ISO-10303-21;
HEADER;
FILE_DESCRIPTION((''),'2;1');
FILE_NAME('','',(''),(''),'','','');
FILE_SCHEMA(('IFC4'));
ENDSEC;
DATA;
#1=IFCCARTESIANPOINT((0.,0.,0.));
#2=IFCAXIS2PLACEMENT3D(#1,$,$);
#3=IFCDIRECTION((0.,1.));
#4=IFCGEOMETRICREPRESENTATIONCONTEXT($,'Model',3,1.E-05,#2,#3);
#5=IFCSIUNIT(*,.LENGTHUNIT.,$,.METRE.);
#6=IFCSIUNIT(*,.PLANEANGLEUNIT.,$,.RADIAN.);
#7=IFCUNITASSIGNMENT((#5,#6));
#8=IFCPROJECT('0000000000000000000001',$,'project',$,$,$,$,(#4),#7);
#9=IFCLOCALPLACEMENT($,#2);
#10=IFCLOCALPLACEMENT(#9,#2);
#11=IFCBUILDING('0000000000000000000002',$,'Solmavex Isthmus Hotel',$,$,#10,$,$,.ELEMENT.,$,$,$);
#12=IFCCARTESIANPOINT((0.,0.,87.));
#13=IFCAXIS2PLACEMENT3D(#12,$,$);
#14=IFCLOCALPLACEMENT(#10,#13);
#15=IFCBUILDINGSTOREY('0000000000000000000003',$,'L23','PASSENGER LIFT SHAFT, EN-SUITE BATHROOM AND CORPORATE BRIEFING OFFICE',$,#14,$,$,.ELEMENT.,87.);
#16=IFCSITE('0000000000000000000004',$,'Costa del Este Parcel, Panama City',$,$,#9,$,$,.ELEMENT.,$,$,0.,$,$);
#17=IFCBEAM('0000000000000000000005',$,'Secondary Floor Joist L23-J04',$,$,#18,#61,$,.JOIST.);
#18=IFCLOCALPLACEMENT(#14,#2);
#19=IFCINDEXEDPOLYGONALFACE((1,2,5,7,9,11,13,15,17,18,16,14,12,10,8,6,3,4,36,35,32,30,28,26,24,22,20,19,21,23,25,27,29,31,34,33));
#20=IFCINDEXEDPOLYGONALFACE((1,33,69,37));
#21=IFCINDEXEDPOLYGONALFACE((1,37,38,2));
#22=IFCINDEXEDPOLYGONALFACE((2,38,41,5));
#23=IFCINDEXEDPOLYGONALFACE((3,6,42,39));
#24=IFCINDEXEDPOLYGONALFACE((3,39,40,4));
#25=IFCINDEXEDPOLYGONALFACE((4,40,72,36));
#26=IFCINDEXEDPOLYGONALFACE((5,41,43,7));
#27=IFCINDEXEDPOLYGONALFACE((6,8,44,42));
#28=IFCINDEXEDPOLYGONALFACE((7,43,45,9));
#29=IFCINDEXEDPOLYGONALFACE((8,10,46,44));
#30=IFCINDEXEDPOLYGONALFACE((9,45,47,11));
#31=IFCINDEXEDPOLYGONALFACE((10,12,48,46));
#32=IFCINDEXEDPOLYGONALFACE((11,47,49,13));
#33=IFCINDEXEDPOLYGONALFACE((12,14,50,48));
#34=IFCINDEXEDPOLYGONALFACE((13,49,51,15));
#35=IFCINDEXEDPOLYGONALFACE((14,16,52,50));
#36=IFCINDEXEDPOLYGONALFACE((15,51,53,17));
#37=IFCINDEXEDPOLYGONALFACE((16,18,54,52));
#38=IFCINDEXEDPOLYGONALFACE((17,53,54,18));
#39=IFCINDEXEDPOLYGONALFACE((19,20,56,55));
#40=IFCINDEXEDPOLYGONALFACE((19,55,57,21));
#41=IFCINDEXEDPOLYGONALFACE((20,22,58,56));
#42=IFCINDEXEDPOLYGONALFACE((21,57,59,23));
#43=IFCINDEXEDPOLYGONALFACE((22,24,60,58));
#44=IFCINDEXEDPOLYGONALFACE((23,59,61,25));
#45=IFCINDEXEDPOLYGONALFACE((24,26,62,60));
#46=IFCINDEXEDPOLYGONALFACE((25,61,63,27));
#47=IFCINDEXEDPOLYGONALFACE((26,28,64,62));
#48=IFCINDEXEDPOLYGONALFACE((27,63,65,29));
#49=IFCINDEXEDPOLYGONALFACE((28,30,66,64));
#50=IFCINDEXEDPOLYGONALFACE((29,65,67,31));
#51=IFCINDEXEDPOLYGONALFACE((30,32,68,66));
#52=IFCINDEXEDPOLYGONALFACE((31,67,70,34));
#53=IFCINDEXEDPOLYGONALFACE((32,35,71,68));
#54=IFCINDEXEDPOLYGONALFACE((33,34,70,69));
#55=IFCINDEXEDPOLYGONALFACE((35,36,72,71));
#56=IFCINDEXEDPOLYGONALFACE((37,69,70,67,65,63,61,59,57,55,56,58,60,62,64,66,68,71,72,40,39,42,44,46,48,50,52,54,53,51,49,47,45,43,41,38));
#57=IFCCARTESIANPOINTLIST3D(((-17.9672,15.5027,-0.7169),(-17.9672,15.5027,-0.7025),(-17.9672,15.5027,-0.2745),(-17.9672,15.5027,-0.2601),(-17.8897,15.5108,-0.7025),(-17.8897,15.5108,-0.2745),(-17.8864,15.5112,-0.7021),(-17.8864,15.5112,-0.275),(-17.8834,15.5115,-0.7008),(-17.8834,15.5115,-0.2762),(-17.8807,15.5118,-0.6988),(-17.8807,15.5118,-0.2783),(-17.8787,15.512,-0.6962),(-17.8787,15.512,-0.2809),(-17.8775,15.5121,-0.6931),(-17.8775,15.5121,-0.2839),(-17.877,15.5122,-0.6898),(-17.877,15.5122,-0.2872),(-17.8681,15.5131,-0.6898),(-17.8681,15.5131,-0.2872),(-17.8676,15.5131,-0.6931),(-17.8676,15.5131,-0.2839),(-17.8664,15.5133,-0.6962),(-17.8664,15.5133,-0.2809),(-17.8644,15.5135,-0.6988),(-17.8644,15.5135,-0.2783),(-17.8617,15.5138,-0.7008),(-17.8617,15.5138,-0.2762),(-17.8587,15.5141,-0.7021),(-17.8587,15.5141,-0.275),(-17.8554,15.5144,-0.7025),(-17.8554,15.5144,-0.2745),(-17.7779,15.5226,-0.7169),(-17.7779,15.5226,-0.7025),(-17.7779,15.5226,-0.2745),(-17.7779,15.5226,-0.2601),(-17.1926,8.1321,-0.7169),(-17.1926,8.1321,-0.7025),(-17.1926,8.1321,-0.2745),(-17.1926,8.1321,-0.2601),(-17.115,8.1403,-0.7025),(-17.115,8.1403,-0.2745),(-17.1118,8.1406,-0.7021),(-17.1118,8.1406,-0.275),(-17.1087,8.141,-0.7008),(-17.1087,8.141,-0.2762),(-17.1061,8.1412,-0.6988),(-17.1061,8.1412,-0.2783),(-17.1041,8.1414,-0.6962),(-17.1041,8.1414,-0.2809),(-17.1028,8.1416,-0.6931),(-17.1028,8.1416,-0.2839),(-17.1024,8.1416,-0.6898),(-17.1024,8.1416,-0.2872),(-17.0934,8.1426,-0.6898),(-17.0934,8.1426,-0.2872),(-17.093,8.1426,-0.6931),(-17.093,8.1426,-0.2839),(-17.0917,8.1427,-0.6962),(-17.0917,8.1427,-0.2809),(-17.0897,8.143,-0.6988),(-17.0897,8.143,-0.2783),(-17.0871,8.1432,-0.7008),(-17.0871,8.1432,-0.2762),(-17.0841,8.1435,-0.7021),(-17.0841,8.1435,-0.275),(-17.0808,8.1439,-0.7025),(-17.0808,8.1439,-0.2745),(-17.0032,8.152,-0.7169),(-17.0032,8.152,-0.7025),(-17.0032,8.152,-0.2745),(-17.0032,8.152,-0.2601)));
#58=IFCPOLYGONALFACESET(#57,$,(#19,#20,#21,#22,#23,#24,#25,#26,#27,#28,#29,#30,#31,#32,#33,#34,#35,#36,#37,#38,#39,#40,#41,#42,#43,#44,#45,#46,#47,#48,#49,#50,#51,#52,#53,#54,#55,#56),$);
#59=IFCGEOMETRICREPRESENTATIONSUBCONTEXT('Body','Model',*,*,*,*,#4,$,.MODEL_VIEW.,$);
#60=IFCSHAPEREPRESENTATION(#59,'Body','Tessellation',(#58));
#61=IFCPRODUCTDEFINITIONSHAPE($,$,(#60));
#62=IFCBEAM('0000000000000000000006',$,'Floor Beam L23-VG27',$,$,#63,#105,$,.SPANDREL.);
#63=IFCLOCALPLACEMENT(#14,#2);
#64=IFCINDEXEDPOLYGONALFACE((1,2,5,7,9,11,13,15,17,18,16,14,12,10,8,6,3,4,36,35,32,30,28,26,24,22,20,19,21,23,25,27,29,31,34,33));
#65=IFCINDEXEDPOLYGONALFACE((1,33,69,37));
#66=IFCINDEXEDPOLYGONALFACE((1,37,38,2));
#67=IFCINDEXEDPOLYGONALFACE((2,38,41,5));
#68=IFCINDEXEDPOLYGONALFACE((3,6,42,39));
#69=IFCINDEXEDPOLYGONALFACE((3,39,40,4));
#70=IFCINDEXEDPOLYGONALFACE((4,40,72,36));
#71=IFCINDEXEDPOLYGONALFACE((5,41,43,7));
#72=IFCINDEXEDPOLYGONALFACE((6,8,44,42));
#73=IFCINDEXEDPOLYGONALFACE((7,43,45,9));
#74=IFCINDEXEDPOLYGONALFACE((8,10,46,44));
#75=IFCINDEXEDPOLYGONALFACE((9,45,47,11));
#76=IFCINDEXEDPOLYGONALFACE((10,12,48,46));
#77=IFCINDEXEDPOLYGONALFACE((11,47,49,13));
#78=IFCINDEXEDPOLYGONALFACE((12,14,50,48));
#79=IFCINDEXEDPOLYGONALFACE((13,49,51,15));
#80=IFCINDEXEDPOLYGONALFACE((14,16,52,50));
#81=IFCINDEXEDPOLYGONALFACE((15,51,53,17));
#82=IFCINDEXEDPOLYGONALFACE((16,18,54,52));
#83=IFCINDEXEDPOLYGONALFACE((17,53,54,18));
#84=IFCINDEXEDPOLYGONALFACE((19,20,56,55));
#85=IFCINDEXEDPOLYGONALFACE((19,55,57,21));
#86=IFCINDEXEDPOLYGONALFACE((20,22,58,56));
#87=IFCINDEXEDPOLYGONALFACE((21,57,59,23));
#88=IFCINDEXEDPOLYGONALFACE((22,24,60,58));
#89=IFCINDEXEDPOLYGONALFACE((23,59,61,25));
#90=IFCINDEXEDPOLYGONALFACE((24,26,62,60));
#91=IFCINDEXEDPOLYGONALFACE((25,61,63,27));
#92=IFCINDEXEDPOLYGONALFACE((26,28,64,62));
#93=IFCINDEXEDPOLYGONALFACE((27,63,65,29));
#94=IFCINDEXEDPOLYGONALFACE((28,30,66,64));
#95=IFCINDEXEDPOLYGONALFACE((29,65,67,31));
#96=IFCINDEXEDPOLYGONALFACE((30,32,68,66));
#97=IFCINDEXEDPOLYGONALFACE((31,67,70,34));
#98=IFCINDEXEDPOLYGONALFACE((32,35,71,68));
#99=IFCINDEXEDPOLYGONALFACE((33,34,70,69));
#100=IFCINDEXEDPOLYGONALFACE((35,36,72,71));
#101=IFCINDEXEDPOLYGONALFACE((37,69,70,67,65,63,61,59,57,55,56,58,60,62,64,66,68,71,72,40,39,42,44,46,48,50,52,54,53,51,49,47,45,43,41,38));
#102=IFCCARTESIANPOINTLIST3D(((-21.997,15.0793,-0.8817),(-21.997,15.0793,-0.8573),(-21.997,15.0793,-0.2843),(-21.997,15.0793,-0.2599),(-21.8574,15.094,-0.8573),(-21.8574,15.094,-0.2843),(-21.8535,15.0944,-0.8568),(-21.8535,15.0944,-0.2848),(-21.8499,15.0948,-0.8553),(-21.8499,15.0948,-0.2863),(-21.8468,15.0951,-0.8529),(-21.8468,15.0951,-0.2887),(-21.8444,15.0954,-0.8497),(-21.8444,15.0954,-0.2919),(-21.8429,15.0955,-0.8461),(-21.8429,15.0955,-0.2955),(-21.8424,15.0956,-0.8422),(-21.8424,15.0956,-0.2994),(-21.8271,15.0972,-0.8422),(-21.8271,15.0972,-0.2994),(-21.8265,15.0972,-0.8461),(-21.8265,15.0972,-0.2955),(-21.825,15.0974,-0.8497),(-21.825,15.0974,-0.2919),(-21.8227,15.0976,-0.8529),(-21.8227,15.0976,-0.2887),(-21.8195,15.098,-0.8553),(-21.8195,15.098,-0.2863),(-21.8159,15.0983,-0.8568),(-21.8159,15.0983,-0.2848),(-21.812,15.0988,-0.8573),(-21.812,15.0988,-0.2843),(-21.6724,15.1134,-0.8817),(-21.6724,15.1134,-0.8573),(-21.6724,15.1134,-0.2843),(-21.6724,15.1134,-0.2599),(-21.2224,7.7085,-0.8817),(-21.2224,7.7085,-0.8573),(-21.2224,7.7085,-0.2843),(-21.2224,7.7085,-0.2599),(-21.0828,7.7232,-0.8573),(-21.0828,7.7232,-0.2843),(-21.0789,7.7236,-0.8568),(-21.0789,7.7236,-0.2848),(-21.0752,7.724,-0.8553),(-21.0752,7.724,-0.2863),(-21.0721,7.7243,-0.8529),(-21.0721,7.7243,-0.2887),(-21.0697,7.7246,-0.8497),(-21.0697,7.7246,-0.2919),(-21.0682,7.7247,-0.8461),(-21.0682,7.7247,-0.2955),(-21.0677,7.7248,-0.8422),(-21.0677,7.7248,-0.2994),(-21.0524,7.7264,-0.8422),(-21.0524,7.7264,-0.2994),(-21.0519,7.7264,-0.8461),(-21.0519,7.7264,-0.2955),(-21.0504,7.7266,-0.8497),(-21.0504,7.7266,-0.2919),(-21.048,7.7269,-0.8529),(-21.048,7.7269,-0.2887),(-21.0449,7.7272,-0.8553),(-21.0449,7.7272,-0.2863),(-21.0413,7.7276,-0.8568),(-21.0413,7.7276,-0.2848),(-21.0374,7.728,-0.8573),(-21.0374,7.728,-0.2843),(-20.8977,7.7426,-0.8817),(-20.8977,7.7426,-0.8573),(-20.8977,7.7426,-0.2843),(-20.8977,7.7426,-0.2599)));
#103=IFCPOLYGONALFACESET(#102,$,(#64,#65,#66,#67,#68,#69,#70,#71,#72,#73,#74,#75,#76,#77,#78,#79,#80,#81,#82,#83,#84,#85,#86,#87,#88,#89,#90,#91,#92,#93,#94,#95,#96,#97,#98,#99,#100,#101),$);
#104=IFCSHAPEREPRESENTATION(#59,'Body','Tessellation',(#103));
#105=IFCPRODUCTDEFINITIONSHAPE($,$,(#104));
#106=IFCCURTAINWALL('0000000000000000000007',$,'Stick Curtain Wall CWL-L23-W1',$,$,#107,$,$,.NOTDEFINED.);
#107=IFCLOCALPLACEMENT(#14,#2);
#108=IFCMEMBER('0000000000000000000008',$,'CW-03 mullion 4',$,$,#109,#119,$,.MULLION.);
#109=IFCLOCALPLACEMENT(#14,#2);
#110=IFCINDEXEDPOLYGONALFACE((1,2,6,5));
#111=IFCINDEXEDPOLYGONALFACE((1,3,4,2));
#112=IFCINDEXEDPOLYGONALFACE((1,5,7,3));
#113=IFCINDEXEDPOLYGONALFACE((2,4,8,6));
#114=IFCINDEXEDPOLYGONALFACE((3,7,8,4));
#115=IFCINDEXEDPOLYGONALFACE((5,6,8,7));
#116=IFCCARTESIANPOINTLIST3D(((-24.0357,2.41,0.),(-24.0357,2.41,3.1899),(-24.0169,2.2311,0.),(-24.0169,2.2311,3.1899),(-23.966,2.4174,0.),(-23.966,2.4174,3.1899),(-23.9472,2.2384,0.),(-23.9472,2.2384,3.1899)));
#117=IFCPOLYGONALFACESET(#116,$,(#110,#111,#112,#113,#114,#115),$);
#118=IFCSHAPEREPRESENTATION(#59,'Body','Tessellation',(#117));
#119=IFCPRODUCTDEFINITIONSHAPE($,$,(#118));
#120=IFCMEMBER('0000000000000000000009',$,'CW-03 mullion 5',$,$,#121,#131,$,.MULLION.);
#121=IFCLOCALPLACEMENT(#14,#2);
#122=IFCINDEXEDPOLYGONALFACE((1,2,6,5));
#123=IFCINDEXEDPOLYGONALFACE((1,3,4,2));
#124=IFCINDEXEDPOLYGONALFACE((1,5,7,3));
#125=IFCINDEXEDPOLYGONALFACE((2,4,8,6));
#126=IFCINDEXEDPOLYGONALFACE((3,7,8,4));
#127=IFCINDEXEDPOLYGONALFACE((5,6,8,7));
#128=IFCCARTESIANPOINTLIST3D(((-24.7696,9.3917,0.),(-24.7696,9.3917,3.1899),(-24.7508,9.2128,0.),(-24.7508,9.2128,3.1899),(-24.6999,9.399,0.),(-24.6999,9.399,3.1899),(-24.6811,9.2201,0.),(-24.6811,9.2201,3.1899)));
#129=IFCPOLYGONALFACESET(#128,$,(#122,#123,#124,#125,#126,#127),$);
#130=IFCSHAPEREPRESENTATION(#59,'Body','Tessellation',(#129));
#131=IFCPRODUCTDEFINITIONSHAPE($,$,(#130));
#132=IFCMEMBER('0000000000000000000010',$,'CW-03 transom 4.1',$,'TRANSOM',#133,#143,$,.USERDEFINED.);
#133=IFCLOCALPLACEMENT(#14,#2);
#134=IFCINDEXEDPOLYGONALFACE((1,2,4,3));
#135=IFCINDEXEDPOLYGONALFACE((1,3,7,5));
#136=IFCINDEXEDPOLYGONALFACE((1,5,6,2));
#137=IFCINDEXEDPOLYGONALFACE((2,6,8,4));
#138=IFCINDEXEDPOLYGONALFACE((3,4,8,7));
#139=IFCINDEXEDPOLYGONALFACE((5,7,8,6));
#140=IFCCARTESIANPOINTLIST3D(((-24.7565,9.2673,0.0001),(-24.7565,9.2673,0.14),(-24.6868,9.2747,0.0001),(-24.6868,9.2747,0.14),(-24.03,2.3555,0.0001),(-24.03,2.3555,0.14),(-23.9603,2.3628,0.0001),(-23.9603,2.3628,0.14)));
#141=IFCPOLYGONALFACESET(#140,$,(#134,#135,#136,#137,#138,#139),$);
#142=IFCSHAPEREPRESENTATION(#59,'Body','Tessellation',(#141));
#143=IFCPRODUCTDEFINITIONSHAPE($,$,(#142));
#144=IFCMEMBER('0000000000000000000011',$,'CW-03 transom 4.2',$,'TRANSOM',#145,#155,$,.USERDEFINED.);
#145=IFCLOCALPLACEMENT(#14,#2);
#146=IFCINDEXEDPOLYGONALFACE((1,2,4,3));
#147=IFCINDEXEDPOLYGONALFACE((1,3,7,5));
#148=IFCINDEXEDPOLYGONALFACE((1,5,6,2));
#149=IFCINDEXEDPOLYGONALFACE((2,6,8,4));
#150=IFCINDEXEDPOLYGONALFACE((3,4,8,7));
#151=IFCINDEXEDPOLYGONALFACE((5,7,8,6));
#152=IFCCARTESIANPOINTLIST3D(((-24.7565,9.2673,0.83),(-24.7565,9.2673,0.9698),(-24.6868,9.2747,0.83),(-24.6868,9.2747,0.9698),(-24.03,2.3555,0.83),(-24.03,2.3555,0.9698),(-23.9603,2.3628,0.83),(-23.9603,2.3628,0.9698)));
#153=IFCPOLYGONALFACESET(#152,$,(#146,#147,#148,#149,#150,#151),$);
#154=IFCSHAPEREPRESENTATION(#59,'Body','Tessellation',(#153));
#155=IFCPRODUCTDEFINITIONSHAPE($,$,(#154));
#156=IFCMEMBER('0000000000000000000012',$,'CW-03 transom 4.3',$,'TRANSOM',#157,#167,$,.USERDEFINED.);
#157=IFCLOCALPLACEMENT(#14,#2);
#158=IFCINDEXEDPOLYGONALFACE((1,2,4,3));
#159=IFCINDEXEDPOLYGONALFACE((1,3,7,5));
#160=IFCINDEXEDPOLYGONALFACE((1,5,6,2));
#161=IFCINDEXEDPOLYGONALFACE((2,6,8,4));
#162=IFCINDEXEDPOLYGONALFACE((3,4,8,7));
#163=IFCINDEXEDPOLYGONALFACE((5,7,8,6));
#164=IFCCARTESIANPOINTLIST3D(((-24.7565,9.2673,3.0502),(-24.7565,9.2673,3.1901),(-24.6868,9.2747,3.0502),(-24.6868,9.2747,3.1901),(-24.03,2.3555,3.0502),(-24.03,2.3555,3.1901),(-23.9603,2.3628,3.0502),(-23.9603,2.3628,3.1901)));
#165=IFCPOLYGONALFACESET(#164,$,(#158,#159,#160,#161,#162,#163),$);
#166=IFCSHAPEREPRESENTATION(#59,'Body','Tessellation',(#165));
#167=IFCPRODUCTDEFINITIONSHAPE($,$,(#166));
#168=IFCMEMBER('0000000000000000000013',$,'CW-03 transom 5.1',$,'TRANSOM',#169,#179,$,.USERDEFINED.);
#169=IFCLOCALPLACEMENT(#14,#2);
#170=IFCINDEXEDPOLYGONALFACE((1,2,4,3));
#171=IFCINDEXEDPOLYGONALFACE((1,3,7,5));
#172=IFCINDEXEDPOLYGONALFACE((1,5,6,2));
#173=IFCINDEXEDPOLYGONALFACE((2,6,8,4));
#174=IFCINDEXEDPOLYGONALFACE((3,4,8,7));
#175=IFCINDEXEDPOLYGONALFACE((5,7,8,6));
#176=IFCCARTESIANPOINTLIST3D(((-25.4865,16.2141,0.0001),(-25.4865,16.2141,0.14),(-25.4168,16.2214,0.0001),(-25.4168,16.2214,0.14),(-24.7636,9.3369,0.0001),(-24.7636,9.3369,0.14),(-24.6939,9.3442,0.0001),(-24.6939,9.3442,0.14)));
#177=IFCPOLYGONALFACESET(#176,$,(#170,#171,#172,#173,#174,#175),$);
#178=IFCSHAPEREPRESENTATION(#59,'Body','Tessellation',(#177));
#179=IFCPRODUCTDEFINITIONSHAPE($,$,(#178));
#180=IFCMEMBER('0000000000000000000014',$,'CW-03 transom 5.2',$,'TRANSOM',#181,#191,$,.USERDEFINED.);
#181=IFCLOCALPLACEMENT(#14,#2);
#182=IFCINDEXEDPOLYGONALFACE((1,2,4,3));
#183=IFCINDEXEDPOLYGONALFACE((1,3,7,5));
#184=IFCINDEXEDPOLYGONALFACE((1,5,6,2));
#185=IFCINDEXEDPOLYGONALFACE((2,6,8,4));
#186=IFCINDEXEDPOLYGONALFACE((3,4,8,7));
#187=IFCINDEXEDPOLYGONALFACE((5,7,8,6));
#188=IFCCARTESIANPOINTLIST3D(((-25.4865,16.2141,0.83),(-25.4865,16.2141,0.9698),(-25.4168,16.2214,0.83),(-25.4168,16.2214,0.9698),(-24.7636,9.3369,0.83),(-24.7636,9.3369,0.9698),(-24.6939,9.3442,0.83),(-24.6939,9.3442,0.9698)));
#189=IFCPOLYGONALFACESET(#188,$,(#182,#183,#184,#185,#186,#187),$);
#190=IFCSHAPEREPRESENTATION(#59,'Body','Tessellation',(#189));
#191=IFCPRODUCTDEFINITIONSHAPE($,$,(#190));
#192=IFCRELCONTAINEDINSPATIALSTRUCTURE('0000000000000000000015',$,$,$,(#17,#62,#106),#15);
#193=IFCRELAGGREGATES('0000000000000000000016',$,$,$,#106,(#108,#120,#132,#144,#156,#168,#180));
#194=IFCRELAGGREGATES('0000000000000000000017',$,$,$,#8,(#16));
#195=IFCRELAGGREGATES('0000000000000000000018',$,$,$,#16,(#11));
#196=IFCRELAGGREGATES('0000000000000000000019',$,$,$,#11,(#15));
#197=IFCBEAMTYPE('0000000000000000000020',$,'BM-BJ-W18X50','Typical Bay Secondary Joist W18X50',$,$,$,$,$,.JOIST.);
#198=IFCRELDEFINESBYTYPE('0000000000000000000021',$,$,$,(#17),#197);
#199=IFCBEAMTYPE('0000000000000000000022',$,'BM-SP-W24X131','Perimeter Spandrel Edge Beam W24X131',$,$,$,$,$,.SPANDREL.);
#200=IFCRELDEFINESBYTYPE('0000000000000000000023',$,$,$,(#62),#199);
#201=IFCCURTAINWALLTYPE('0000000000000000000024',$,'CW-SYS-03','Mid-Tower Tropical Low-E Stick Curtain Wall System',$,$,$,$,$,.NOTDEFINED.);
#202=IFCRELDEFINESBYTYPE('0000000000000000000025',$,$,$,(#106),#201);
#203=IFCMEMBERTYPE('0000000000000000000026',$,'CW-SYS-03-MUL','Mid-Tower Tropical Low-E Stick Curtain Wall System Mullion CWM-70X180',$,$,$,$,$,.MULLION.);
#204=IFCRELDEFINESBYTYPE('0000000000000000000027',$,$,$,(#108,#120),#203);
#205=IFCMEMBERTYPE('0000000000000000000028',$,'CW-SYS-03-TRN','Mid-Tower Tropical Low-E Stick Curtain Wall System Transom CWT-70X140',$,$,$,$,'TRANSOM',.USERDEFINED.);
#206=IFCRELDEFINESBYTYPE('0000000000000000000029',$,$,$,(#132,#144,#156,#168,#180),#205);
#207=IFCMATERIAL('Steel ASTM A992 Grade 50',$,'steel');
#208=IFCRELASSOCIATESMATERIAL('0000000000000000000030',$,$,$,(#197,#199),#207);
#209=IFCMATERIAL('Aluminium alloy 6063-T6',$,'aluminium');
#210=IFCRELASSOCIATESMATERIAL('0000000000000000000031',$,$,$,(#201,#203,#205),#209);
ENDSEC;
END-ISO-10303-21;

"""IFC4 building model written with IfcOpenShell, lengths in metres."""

from ifc_helpers import new_model, si_unit, direction, frame, origin, origin_2d, place, context, subcontext, project, spatial, rectangle, i_section, extrude, material, material_profile, profile_set, type_object, element, aggregate, save


model = new_model("IFC4")

# Units and contexts
model_context = context("Model", 3, precision=1e-05, world=origin(), true_north=direction((0.0, 1.0)))
body_context = subcontext(model_context, "Body", "Model", "MODEL_VIEW")
ifc_project = project(units=[si_unit("LENGTHUNIT", "METRE"), si_unit("PLANEANGLEUNIT", "RADIAN")], contexts=[model_context])

# Site, building, storey
site_placement = place(None, origin())
site = spatial("IfcSite", under=ifc_project, at=site_placement, Name="Costa del Este Parcel, Panama City", CompositionType="ELEMENT", RefElevation=0.0)
building_placement = place(site_placement, origin())
building = spatial("IfcBuilding", under=site, at=building_placement, Name="Solmavex Isthmus Hotel", CompositionType="ELEMENT")
storey_placement = place(building_placement, frame((0.0, 0.0, 87.0)))
storey = spatial("IfcBuildingStorey", under=building, at=storey_placement, Name="L23", Description="PASSENGER LIFT SHAFT, EN-SUITE BATHROOM AND CORPORATE BRIEFING OFFICE", CompositionType="ELEMENT", Elevation=87.0)

# Beams
ifc_material_1 = material(Name="Steel ASTM A992 Grade 50", Category="steel")
ifc_material_profile_1 = material_profile(ifc_material_1, i_section(OverallWidth=0.1904, OverallDepth=0.4568, WebThickness=0.009, FlangeThickness=0.0144, FilletRadius=0.0127, at=origin_2d()), Name="W18X50")
ifc_profile_set_1 = profile_set([ifc_material_profile_1], Name="Steel ASTM A992 Grade 50")
beam_type_1 = type_object("IfcBeamType", Name="BM-BJ-W18X50", Description="Typical Bay Secondary Joist W18X50", PredefinedType="JOIST", material=ifc_profile_set_1)
beam_1_placement = place(storey_placement, frame((-17.0979, 8.1421, -0.4885), z_axis=(-0.104525, 0.994522, 0.0), x_axis=(-0.994522, -0.104525, 0.0)))
element("IfcBeam", 1, at=beam_1_placement, inside=storey, type_object=beam_type_1, Name="Secondary Floor Joist L23-J04", PredefinedType="JOIST", context=body_context, shape_type="SweptSolid", body=[
    extrude(i_section(OverallWidth=0.1904, OverallDepth=0.4568, WebThickness=0.009, FlangeThickness=0.0144, FilletRadius=0.0127, at=origin_2d()), origin(), (0.0, 0.0, 1.0), 7.4111),
])
ifc_material_profile_2 = material_profile(ifc_material_1, i_section(OverallWidth=0.3264, OverallDepth=0.6218, WebThickness=0.0154, FlangeThickness=0.0244, FilletRadius=0.0151, at=origin_2d()), Name="W24X131")
ifc_profile_set_2 = profile_set([ifc_material_profile_2], Name="Steel ASTM A992 Grade 50")
beam_type_2 = type_object("IfcBeamType", Name="BM-SP-W24X131", Description="Perimeter Spandrel Edge Beam W24X131", PredefinedType="SPANDREL", material=ifc_profile_set_2)
beam_2_placement = place(storey_placement, frame((-21.0601, 7.7256, -0.5708), z_axis=(-0.104522, 0.994523, 0.0), x_axis=(-0.994523, -0.104522, 0.0)))
element("IfcBeam", 2, at=beam_2_placement, inside=storey, type_object=beam_type_2, Name="Floor Beam L23-VG27", PredefinedType="SPANDREL", context=body_context, shape_type="SweptSolid", body=[
    extrude(i_section(OverallWidth=0.3264, OverallDepth=0.6218, WebThickness=0.0154, FlangeThickness=0.0244, FilletRadius=0.0151, at=origin_2d()), origin(), (0.0, 0.0, 1.0), 7.4114),
])

# Curtain wall, members
ifc_material_2 = material(Name="Aluminium alloy 6063-T6", Category="aluminium")
curtain_wall_type = type_object("IfcCurtainWallType", Name="CW-SYS-03", Description="Mid-Tower Tropical Low-E Stick Curtain Wall System", PredefinedType="NOTDEFINED", material=ifc_material_2)
curtain_wall_placement = place(storey_placement, origin())
curtain_wall = element("IfcCurtainWall", 3, at=curtain_wall_placement, inside=storey, type_object=curtain_wall_type, Name="Stick Curtain Wall CWL-L23-W1", PredefinedType="NOTDEFINED")
ifc_material_profile_3 = material_profile(ifc_material_2, rectangle(XDim=0.0701, YDim=0.1799, at=origin_2d()), Name="CWM-70X180")
ifc_profile_set_3 = profile_set([ifc_material_profile_3], Name="Aluminium alloy 6063-T6")
member_type_1 = type_object("IfcMemberType", Name="CW-SYS-03-MUL", Description="Mid-Tower Tropical Low-E Stick Curtain Wall System Mullion CWM-70X180", PredefinedType="MULLION", material=ifc_profile_set_3)
member_1_placement = place(storey_placement, frame((-23.9915, 2.3242, 0.0), z_axis=(0.0, 0.0, 1.0), x_axis=(-0.994522, -0.104528, 0.0)))
member_1 = element("IfcMember", 4, at=member_1_placement, type_object=member_type_1, Name="CW-03 mullion 4", PredefinedType="MULLION", context=body_context, shape_type="SweptSolid", body=[
    extrude(rectangle(XDim=0.0701, YDim=0.1799, at=origin_2d()), origin(), (0.0, 0.0, 1.0), 3.1899),
])
member_2_placement = place(storey_placement, frame((-24.7253, 9.3059, 0.0), z_axis=(0.0, 0.0, 1.0), x_axis=(-0.994522, -0.104528, 0.0)))
member_2 = element("IfcMember", 5, at=member_2_placement, type_object=member_type_1, Name="CW-03 mullion 5", PredefinedType="MULLION", context=body_context, shape_type="SweptSolid", body=[
    extrude(rectangle(XDim=0.0701, YDim=0.1799, at=origin_2d()), origin(), (0.0, 0.0, 1.0), 3.1899),
])
ifc_material_profile_4 = material_profile(ifc_material_2, rectangle(XDim=0.0701, YDim=0.1399, at=origin_2d()), Name="CWT-70X140")
ifc_profile_set_4 = profile_set([ifc_material_profile_4], Name="Aluminium alloy 6063-T6")
member_type_2 = type_object("IfcMemberType", Name="CW-SYS-03-TRN", Description="Mid-Tower Tropical Low-E Stick Curtain Wall System Transom CWT-70X140", ElementType="TRANSOM", PredefinedType="USERDEFINED", material=ifc_profile_set_4)
member_3_placement = place(storey_placement, frame((-23.9951, 2.3591, 0.0701), z_axis=(-0.104542, 0.99452, 0.0), x_axis=(-0.99452, -0.104542, 0.0)))
member_3 = element("IfcMember", 6, at=member_3_placement, type_object=member_type_2, Name="CW-03 transom 4.1", ObjectType="TRANSOM", PredefinedType="USERDEFINED", context=body_context, shape_type="SweptSolid", body=[
    extrude(rectangle(XDim=0.0701, YDim=0.1399, at=origin_2d()), origin(), (0.0, 0.0, 1.0), 6.95),
])
member_4_placement = place(storey_placement, frame((-23.9951, 2.3591, 0.8999), z_axis=(-0.104542, 0.99452, 0.0), x_axis=(-0.99452, -0.104542, 0.0)))
member_4 = element("IfcMember", 7, at=member_4_placement, type_object=member_type_2, Name="CW-03 transom 4.2", ObjectType="TRANSOM", PredefinedType="USERDEFINED", context=body_context, shape_type="SweptSolid", body=[
    extrude(rectangle(XDim=0.0701, YDim=0.1399, at=origin_2d()), origin(), (0.0, 0.0, 1.0), 6.95),
])
member_5_placement = place(storey_placement, frame((-23.9951, 2.3591, 3.1201), z_axis=(-0.104542, 0.99452, 0.0), x_axis=(-0.99452, -0.104542, 0.0)))
member_5 = element("IfcMember", 8, at=member_5_placement, type_object=member_type_2, Name="CW-03 transom 4.3", ObjectType="TRANSOM", PredefinedType="USERDEFINED", context=body_context, shape_type="SweptSolid", body=[
    extrude(rectangle(XDim=0.0701, YDim=0.1399, at=origin_2d()), origin(), (0.0, 0.0, 1.0), 6.95),
])
member_6_placement = place(storey_placement, frame((-24.7288, 9.3406, 0.0701), z_axis=(-0.10454, 0.994521, 0.0), x_axis=(-0.994521, -0.10454, 0.0)))
member_6 = element("IfcMember", 9, at=member_6_placement, type_object=member_type_2, Name="CW-03 transom 5.1", ObjectType="TRANSOM", PredefinedType="USERDEFINED", context=body_context, shape_type="SweptSolid", body=[
    extrude(rectangle(XDim=0.0701, YDim=0.1399, at=origin_2d()), origin(), (0.0, 0.0, 1.0), 6.915),
])
member_7_placement = place(storey_placement, frame((-24.7288, 9.3406, 0.8999), z_axis=(-0.10454, 0.994521, 0.0), x_axis=(-0.994521, -0.10454, 0.0)))
member_7 = element("IfcMember", 10, at=member_7_placement, type_object=member_type_2, Name="CW-03 transom 5.2", ObjectType="TRANSOM", PredefinedType="USERDEFINED", context=body_context, shape_type="SweptSolid", body=[
    extrude(rectangle(XDim=0.0701, YDim=0.1399, at=origin_2d()), origin(), (0.0, 0.0, 1.0), 6.915),
])
aggregate(curtain_wall, [member_1, member_2, member_3, member_4, member_5, member_6, member_7])

save(model, "model.ifc")
